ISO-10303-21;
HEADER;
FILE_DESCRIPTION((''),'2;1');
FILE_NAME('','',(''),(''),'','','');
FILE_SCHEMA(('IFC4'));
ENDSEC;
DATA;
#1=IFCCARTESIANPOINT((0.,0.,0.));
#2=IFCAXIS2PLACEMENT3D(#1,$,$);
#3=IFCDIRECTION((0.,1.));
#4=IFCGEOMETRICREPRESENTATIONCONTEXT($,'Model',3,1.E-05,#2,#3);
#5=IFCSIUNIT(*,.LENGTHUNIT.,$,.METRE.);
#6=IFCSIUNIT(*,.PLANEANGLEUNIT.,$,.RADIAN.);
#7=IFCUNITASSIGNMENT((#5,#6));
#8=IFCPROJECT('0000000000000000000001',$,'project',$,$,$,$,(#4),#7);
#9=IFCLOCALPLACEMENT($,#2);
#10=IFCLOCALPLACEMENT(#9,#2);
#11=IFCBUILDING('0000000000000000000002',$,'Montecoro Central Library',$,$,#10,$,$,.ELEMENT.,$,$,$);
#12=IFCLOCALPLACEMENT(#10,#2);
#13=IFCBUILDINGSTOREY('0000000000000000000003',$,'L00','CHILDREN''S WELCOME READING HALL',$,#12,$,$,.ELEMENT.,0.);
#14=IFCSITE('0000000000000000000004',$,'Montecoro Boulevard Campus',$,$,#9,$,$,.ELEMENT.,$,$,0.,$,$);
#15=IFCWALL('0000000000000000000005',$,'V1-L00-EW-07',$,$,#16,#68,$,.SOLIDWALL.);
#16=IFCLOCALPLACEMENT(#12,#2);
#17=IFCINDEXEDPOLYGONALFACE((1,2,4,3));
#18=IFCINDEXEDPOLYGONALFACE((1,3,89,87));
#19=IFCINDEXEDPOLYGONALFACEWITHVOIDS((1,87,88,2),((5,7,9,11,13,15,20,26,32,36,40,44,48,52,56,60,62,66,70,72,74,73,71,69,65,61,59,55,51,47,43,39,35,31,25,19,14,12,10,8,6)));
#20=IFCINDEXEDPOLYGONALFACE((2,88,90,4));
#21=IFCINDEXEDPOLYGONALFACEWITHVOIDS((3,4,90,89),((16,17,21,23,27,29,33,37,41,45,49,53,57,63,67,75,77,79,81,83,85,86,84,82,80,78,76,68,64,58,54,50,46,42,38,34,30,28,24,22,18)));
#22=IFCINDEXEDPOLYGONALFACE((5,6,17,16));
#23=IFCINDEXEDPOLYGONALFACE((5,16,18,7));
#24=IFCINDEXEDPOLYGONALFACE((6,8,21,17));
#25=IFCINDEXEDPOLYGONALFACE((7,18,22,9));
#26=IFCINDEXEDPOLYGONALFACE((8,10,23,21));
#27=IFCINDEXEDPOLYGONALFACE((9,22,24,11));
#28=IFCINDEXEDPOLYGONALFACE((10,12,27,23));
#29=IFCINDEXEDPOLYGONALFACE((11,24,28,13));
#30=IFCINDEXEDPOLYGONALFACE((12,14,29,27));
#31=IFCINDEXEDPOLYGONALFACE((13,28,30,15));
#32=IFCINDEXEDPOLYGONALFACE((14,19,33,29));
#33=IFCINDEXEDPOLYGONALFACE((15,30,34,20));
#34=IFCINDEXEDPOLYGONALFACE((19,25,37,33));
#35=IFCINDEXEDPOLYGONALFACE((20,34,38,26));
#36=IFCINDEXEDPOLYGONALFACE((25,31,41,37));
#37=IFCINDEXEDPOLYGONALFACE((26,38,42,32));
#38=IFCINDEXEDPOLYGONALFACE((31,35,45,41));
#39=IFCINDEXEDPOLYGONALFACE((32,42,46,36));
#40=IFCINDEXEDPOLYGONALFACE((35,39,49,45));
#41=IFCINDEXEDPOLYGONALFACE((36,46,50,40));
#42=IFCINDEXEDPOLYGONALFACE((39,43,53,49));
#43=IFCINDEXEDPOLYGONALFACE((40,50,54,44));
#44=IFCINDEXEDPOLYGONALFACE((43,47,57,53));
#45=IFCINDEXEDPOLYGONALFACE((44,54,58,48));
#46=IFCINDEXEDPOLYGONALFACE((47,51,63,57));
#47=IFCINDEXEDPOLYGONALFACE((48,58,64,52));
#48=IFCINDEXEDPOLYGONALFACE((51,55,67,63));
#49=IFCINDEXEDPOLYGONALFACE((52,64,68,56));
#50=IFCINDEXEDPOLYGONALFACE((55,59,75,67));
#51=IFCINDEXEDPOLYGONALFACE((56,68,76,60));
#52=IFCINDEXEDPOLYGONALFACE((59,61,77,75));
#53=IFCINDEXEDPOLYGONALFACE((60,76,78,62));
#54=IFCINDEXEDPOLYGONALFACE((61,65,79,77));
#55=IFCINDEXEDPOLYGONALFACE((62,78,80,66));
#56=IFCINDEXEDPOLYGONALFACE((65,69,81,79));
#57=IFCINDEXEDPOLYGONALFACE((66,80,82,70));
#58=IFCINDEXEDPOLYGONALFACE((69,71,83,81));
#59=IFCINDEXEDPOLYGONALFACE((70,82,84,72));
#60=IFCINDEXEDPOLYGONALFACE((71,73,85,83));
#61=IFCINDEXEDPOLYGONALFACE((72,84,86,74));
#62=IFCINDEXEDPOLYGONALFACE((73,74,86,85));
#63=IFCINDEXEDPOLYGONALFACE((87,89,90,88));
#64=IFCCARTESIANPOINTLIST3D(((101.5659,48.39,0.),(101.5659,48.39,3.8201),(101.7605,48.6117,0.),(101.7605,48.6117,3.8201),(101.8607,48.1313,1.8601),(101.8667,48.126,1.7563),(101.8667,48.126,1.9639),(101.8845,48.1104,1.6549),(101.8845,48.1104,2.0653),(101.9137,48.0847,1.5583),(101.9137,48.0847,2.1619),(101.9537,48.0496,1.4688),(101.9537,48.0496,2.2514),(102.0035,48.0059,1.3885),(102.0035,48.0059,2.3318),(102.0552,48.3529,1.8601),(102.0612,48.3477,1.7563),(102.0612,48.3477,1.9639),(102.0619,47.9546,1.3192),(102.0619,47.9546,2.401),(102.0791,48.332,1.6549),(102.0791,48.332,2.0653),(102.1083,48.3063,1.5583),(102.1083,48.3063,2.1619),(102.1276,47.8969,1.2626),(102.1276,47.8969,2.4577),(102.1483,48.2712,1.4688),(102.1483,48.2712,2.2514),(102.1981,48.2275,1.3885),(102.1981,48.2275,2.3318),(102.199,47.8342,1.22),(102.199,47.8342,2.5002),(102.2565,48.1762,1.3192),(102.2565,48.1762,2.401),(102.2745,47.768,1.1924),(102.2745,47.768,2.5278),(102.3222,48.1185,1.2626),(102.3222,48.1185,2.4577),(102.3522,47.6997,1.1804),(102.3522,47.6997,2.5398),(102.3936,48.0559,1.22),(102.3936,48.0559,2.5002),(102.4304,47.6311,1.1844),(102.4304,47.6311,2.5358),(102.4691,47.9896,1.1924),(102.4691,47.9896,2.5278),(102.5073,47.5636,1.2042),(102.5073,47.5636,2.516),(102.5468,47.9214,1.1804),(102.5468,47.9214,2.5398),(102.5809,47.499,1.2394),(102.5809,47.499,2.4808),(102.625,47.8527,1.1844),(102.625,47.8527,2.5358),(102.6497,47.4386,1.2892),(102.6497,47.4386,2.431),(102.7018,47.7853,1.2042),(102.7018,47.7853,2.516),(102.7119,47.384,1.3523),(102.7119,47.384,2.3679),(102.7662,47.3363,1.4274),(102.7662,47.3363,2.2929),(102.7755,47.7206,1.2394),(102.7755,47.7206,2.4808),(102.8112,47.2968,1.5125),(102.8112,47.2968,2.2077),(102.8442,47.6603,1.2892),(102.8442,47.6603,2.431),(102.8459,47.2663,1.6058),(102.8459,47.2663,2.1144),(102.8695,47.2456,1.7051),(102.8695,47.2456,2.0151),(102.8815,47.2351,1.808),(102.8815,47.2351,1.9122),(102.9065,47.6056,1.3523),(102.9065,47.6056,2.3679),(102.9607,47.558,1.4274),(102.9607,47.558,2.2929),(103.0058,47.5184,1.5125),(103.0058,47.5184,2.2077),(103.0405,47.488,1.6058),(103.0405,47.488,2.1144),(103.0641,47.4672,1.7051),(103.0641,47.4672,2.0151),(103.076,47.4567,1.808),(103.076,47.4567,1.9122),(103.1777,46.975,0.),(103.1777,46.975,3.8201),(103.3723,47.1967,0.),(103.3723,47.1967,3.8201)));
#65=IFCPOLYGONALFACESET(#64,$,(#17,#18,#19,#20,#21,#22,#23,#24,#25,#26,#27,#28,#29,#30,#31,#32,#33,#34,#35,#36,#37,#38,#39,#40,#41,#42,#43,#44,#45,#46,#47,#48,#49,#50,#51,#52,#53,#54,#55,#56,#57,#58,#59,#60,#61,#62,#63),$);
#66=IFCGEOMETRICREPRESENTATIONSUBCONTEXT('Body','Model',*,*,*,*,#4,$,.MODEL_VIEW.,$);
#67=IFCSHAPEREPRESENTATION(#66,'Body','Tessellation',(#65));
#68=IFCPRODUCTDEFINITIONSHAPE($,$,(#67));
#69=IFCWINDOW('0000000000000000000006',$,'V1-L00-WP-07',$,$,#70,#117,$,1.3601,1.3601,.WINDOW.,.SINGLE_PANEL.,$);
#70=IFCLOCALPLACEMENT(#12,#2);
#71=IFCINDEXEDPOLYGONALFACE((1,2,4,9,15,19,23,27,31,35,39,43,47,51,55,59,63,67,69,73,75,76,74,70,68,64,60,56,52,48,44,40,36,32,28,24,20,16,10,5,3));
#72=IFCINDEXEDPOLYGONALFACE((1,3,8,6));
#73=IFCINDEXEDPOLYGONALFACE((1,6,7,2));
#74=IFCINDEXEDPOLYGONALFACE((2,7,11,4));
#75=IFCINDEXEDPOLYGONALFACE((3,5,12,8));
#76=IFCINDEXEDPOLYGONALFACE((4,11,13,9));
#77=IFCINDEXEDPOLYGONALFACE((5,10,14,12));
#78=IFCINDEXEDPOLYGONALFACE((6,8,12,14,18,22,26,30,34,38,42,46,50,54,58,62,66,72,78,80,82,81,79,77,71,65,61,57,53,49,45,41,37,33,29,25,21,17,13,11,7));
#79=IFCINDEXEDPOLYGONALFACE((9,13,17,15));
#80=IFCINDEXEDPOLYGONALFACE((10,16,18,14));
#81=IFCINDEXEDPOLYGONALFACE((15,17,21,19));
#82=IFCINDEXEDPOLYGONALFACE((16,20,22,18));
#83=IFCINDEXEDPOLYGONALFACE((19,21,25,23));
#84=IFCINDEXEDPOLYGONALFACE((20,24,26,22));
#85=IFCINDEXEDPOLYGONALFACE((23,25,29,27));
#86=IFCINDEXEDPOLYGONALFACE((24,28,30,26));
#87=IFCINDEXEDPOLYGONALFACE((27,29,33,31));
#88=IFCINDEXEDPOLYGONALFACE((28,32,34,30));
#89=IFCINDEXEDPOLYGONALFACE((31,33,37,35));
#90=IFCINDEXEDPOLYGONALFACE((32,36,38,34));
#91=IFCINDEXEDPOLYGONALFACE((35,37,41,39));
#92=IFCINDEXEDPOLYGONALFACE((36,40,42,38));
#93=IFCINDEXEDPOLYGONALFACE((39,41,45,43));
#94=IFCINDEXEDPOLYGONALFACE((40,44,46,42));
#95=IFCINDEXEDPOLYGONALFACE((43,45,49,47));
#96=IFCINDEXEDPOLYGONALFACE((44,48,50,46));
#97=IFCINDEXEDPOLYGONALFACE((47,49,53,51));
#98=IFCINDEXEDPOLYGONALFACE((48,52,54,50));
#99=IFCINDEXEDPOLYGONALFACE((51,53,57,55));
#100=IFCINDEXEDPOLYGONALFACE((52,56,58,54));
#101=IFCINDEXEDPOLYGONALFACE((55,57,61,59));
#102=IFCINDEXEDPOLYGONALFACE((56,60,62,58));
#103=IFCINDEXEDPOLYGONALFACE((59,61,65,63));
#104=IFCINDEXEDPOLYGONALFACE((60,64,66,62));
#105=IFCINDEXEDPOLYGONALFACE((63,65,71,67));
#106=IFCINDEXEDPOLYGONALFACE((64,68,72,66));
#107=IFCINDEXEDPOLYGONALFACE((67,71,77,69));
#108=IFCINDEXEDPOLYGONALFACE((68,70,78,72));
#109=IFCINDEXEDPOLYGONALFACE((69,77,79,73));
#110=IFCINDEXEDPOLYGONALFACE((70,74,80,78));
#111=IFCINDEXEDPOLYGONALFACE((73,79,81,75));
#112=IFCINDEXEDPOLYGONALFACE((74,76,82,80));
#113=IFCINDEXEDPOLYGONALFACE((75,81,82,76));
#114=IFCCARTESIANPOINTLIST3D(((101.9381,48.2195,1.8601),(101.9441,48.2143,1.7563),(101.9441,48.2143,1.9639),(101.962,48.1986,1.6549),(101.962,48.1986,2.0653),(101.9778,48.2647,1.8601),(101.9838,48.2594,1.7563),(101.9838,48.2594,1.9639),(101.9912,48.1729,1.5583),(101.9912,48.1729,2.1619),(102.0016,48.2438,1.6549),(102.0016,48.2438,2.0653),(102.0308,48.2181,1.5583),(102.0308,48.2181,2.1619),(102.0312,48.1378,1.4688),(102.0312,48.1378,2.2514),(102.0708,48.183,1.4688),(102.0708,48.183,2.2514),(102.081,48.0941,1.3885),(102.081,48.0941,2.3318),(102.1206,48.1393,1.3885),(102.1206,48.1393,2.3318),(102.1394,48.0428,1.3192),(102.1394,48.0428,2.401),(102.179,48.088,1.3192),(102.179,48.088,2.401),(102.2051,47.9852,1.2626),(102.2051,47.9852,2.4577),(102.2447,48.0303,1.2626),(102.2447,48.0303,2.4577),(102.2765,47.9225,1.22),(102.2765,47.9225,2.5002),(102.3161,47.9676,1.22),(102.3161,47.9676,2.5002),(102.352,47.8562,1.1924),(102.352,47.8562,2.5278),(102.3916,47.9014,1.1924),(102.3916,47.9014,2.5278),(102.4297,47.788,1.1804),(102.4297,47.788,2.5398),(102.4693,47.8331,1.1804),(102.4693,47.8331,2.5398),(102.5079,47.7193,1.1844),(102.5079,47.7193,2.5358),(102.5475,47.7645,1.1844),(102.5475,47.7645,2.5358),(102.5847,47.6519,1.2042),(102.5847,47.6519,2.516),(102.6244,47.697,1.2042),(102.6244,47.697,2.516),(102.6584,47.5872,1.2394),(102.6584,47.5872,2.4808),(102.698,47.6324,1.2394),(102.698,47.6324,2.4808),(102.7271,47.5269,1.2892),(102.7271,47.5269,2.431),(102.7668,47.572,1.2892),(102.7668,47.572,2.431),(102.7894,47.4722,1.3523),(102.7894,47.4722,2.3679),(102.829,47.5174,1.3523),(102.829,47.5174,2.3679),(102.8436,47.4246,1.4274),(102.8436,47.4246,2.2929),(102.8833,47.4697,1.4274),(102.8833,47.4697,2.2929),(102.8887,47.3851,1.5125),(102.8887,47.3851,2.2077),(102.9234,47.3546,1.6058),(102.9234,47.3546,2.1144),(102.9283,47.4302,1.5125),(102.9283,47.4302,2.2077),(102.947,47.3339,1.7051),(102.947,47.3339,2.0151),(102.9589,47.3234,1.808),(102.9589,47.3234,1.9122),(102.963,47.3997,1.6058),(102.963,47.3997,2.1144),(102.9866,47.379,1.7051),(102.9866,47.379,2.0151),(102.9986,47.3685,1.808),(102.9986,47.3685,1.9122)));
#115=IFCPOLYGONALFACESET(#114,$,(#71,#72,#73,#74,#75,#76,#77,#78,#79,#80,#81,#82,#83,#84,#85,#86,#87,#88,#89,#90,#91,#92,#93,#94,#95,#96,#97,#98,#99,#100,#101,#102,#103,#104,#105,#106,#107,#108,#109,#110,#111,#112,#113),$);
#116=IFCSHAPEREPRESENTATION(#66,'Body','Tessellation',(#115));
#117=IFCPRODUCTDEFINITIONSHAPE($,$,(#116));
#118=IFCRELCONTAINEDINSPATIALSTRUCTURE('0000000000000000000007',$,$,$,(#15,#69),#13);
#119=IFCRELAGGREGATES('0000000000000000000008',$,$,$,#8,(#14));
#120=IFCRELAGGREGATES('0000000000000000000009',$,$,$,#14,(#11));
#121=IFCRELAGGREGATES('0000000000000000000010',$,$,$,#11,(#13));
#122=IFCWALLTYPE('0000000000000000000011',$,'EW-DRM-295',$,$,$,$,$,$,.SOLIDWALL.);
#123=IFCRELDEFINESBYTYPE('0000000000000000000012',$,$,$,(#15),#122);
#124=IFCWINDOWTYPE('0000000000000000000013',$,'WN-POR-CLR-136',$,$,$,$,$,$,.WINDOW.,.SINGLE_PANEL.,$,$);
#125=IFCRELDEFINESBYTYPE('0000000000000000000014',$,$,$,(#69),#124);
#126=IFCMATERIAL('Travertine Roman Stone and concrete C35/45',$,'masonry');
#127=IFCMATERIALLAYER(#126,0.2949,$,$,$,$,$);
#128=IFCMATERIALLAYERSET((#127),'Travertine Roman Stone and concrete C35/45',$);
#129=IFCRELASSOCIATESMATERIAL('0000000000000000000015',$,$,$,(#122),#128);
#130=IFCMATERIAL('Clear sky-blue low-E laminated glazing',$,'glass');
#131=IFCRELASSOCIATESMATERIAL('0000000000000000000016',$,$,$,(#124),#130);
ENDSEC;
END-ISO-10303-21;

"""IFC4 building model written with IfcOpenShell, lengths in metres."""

from ifc_helpers import new_model, si_unit, direction, frame, frame_2d, origin, place, context, subcontext, project, spatial, rectangle, circle, extrude, material, layer, layer_set, type_object, element, fill, save


model = new_model("IFC4")

# Units and contexts
model_context = context("Model", 3, precision=1e-05, world=origin(), true_north=direction((0.0, 1.0)))
body_context = subcontext(model_context, "Body", "Model", "MODEL_VIEW")
ifc_project = project(units=[si_unit("LENGTHUNIT", "METRE"), si_unit("PLANEANGLEUNIT", "RADIAN")], contexts=[model_context])

# Site, building, storey
site_placement = place(None, origin())
site = spatial("IfcSite", under=ifc_project, at=site_placement, Name="Montecoro Boulevard Campus", CompositionType="ELEMENT", RefElevation=0.0)
building_placement = place(site_placement, origin())
building = spatial("IfcBuilding", under=site, at=building_placement, Name="Montecoro Central Library", CompositionType="ELEMENT")
storey_placement = place(building_placement, origin())
storey = spatial("IfcBuildingStorey", under=building, at=storey_placement, Name="L00", Description="CHILDREN'S WELCOME READING HALL", CompositionType="ELEMENT", Elevation=0.0)

# Wall, opening, window
ifc_material_1 = material(Name="Travertine Roman Stone and concrete C35/45", Category="masonry")
ifc_layer_1 = layer(ifc_material_1, 0.2949)
ifc_layer_set_1 = layer_set([ifc_layer_1], Name="Travertine Roman Stone and concrete C35/45")
wall_type = type_object("IfcWallType", Name="EW-DRM-295", PredefinedType="SOLIDWALL", material=ifc_layer_set_1)
ifc_material_2 = material(Name="Clear sky-blue low-E laminated glazing", Category="glass")
window_type_1 = type_object("IfcWindowType", Name="WN-POR-CLR-136", PartitioningType="SINGLE_PANEL", PredefinedType="WINDOW", material=ifc_material_2)
wall_1_placement = place(storey_placement, frame((103.2749, 47.0859, 0.0), z_axis=(0.0, 0.0, 1.0), x_axis=(-0.75149, 0.659745, 0.0)))
wall_1 = element("IfcWall", 1, at=wall_1_placement, inside=storey, type_object=wall_type, Name="V1-L00-EW-07", PredefinedType="SOLIDWALL", context=body_context, shape_type="SweptSolid", body=[
    extrude(rectangle(XDim=2.1448, YDim=0.2949, at=frame_2d((1.0723, 0.0))), origin(), (0.0, 0.0, 1.0), 3.8201),
])
opening_1_placement = place(wall_1_placement, frame((0.3921, 0.0, 1.1799)))
opening_1 = element("IfcOpeningElement", 2, at=opening_1_placement, cuts=wall_1, PredefinedType="OPENING", context=body_context, shape_type="SweptSolid", body=[
    extrude(circle(Radius=0.6802, at=frame_2d((0.6802, 0.6802))), frame((0.0, 0.1575, 0.0), z_axis=(0.0, -1.0, 0.0), x_axis=(1.0, 0.0, 0.0)), (0.0, 0.0, 1.0), 0.3149),
])
window_1_placement = place(opening_1_placement, origin())
window_1 = element("IfcWindow", 3, at=window_1_placement, inside=storey, type_object=window_type_1, Name="V1-L00-WP-07", OverallHeight=1.3601, OverallWidth=1.3601, PartitioningType="SINGLE_PANEL", PredefinedType="WINDOW", context=body_context, shape_type="SweptSolid", body=[
    extrude(circle(Radius=0.6802, at=frame_2d((0.6802, 0.6802))), frame((0.0, 0.03, 0.0), z_axis=(0.0, -1.0, 0.0), x_axis=(1.0, 0.0, 0.0)), (0.0, 0.0, 1.0), 0.0601),
])
fill(opening_1, window_1)

save(model, "model.ifc")
